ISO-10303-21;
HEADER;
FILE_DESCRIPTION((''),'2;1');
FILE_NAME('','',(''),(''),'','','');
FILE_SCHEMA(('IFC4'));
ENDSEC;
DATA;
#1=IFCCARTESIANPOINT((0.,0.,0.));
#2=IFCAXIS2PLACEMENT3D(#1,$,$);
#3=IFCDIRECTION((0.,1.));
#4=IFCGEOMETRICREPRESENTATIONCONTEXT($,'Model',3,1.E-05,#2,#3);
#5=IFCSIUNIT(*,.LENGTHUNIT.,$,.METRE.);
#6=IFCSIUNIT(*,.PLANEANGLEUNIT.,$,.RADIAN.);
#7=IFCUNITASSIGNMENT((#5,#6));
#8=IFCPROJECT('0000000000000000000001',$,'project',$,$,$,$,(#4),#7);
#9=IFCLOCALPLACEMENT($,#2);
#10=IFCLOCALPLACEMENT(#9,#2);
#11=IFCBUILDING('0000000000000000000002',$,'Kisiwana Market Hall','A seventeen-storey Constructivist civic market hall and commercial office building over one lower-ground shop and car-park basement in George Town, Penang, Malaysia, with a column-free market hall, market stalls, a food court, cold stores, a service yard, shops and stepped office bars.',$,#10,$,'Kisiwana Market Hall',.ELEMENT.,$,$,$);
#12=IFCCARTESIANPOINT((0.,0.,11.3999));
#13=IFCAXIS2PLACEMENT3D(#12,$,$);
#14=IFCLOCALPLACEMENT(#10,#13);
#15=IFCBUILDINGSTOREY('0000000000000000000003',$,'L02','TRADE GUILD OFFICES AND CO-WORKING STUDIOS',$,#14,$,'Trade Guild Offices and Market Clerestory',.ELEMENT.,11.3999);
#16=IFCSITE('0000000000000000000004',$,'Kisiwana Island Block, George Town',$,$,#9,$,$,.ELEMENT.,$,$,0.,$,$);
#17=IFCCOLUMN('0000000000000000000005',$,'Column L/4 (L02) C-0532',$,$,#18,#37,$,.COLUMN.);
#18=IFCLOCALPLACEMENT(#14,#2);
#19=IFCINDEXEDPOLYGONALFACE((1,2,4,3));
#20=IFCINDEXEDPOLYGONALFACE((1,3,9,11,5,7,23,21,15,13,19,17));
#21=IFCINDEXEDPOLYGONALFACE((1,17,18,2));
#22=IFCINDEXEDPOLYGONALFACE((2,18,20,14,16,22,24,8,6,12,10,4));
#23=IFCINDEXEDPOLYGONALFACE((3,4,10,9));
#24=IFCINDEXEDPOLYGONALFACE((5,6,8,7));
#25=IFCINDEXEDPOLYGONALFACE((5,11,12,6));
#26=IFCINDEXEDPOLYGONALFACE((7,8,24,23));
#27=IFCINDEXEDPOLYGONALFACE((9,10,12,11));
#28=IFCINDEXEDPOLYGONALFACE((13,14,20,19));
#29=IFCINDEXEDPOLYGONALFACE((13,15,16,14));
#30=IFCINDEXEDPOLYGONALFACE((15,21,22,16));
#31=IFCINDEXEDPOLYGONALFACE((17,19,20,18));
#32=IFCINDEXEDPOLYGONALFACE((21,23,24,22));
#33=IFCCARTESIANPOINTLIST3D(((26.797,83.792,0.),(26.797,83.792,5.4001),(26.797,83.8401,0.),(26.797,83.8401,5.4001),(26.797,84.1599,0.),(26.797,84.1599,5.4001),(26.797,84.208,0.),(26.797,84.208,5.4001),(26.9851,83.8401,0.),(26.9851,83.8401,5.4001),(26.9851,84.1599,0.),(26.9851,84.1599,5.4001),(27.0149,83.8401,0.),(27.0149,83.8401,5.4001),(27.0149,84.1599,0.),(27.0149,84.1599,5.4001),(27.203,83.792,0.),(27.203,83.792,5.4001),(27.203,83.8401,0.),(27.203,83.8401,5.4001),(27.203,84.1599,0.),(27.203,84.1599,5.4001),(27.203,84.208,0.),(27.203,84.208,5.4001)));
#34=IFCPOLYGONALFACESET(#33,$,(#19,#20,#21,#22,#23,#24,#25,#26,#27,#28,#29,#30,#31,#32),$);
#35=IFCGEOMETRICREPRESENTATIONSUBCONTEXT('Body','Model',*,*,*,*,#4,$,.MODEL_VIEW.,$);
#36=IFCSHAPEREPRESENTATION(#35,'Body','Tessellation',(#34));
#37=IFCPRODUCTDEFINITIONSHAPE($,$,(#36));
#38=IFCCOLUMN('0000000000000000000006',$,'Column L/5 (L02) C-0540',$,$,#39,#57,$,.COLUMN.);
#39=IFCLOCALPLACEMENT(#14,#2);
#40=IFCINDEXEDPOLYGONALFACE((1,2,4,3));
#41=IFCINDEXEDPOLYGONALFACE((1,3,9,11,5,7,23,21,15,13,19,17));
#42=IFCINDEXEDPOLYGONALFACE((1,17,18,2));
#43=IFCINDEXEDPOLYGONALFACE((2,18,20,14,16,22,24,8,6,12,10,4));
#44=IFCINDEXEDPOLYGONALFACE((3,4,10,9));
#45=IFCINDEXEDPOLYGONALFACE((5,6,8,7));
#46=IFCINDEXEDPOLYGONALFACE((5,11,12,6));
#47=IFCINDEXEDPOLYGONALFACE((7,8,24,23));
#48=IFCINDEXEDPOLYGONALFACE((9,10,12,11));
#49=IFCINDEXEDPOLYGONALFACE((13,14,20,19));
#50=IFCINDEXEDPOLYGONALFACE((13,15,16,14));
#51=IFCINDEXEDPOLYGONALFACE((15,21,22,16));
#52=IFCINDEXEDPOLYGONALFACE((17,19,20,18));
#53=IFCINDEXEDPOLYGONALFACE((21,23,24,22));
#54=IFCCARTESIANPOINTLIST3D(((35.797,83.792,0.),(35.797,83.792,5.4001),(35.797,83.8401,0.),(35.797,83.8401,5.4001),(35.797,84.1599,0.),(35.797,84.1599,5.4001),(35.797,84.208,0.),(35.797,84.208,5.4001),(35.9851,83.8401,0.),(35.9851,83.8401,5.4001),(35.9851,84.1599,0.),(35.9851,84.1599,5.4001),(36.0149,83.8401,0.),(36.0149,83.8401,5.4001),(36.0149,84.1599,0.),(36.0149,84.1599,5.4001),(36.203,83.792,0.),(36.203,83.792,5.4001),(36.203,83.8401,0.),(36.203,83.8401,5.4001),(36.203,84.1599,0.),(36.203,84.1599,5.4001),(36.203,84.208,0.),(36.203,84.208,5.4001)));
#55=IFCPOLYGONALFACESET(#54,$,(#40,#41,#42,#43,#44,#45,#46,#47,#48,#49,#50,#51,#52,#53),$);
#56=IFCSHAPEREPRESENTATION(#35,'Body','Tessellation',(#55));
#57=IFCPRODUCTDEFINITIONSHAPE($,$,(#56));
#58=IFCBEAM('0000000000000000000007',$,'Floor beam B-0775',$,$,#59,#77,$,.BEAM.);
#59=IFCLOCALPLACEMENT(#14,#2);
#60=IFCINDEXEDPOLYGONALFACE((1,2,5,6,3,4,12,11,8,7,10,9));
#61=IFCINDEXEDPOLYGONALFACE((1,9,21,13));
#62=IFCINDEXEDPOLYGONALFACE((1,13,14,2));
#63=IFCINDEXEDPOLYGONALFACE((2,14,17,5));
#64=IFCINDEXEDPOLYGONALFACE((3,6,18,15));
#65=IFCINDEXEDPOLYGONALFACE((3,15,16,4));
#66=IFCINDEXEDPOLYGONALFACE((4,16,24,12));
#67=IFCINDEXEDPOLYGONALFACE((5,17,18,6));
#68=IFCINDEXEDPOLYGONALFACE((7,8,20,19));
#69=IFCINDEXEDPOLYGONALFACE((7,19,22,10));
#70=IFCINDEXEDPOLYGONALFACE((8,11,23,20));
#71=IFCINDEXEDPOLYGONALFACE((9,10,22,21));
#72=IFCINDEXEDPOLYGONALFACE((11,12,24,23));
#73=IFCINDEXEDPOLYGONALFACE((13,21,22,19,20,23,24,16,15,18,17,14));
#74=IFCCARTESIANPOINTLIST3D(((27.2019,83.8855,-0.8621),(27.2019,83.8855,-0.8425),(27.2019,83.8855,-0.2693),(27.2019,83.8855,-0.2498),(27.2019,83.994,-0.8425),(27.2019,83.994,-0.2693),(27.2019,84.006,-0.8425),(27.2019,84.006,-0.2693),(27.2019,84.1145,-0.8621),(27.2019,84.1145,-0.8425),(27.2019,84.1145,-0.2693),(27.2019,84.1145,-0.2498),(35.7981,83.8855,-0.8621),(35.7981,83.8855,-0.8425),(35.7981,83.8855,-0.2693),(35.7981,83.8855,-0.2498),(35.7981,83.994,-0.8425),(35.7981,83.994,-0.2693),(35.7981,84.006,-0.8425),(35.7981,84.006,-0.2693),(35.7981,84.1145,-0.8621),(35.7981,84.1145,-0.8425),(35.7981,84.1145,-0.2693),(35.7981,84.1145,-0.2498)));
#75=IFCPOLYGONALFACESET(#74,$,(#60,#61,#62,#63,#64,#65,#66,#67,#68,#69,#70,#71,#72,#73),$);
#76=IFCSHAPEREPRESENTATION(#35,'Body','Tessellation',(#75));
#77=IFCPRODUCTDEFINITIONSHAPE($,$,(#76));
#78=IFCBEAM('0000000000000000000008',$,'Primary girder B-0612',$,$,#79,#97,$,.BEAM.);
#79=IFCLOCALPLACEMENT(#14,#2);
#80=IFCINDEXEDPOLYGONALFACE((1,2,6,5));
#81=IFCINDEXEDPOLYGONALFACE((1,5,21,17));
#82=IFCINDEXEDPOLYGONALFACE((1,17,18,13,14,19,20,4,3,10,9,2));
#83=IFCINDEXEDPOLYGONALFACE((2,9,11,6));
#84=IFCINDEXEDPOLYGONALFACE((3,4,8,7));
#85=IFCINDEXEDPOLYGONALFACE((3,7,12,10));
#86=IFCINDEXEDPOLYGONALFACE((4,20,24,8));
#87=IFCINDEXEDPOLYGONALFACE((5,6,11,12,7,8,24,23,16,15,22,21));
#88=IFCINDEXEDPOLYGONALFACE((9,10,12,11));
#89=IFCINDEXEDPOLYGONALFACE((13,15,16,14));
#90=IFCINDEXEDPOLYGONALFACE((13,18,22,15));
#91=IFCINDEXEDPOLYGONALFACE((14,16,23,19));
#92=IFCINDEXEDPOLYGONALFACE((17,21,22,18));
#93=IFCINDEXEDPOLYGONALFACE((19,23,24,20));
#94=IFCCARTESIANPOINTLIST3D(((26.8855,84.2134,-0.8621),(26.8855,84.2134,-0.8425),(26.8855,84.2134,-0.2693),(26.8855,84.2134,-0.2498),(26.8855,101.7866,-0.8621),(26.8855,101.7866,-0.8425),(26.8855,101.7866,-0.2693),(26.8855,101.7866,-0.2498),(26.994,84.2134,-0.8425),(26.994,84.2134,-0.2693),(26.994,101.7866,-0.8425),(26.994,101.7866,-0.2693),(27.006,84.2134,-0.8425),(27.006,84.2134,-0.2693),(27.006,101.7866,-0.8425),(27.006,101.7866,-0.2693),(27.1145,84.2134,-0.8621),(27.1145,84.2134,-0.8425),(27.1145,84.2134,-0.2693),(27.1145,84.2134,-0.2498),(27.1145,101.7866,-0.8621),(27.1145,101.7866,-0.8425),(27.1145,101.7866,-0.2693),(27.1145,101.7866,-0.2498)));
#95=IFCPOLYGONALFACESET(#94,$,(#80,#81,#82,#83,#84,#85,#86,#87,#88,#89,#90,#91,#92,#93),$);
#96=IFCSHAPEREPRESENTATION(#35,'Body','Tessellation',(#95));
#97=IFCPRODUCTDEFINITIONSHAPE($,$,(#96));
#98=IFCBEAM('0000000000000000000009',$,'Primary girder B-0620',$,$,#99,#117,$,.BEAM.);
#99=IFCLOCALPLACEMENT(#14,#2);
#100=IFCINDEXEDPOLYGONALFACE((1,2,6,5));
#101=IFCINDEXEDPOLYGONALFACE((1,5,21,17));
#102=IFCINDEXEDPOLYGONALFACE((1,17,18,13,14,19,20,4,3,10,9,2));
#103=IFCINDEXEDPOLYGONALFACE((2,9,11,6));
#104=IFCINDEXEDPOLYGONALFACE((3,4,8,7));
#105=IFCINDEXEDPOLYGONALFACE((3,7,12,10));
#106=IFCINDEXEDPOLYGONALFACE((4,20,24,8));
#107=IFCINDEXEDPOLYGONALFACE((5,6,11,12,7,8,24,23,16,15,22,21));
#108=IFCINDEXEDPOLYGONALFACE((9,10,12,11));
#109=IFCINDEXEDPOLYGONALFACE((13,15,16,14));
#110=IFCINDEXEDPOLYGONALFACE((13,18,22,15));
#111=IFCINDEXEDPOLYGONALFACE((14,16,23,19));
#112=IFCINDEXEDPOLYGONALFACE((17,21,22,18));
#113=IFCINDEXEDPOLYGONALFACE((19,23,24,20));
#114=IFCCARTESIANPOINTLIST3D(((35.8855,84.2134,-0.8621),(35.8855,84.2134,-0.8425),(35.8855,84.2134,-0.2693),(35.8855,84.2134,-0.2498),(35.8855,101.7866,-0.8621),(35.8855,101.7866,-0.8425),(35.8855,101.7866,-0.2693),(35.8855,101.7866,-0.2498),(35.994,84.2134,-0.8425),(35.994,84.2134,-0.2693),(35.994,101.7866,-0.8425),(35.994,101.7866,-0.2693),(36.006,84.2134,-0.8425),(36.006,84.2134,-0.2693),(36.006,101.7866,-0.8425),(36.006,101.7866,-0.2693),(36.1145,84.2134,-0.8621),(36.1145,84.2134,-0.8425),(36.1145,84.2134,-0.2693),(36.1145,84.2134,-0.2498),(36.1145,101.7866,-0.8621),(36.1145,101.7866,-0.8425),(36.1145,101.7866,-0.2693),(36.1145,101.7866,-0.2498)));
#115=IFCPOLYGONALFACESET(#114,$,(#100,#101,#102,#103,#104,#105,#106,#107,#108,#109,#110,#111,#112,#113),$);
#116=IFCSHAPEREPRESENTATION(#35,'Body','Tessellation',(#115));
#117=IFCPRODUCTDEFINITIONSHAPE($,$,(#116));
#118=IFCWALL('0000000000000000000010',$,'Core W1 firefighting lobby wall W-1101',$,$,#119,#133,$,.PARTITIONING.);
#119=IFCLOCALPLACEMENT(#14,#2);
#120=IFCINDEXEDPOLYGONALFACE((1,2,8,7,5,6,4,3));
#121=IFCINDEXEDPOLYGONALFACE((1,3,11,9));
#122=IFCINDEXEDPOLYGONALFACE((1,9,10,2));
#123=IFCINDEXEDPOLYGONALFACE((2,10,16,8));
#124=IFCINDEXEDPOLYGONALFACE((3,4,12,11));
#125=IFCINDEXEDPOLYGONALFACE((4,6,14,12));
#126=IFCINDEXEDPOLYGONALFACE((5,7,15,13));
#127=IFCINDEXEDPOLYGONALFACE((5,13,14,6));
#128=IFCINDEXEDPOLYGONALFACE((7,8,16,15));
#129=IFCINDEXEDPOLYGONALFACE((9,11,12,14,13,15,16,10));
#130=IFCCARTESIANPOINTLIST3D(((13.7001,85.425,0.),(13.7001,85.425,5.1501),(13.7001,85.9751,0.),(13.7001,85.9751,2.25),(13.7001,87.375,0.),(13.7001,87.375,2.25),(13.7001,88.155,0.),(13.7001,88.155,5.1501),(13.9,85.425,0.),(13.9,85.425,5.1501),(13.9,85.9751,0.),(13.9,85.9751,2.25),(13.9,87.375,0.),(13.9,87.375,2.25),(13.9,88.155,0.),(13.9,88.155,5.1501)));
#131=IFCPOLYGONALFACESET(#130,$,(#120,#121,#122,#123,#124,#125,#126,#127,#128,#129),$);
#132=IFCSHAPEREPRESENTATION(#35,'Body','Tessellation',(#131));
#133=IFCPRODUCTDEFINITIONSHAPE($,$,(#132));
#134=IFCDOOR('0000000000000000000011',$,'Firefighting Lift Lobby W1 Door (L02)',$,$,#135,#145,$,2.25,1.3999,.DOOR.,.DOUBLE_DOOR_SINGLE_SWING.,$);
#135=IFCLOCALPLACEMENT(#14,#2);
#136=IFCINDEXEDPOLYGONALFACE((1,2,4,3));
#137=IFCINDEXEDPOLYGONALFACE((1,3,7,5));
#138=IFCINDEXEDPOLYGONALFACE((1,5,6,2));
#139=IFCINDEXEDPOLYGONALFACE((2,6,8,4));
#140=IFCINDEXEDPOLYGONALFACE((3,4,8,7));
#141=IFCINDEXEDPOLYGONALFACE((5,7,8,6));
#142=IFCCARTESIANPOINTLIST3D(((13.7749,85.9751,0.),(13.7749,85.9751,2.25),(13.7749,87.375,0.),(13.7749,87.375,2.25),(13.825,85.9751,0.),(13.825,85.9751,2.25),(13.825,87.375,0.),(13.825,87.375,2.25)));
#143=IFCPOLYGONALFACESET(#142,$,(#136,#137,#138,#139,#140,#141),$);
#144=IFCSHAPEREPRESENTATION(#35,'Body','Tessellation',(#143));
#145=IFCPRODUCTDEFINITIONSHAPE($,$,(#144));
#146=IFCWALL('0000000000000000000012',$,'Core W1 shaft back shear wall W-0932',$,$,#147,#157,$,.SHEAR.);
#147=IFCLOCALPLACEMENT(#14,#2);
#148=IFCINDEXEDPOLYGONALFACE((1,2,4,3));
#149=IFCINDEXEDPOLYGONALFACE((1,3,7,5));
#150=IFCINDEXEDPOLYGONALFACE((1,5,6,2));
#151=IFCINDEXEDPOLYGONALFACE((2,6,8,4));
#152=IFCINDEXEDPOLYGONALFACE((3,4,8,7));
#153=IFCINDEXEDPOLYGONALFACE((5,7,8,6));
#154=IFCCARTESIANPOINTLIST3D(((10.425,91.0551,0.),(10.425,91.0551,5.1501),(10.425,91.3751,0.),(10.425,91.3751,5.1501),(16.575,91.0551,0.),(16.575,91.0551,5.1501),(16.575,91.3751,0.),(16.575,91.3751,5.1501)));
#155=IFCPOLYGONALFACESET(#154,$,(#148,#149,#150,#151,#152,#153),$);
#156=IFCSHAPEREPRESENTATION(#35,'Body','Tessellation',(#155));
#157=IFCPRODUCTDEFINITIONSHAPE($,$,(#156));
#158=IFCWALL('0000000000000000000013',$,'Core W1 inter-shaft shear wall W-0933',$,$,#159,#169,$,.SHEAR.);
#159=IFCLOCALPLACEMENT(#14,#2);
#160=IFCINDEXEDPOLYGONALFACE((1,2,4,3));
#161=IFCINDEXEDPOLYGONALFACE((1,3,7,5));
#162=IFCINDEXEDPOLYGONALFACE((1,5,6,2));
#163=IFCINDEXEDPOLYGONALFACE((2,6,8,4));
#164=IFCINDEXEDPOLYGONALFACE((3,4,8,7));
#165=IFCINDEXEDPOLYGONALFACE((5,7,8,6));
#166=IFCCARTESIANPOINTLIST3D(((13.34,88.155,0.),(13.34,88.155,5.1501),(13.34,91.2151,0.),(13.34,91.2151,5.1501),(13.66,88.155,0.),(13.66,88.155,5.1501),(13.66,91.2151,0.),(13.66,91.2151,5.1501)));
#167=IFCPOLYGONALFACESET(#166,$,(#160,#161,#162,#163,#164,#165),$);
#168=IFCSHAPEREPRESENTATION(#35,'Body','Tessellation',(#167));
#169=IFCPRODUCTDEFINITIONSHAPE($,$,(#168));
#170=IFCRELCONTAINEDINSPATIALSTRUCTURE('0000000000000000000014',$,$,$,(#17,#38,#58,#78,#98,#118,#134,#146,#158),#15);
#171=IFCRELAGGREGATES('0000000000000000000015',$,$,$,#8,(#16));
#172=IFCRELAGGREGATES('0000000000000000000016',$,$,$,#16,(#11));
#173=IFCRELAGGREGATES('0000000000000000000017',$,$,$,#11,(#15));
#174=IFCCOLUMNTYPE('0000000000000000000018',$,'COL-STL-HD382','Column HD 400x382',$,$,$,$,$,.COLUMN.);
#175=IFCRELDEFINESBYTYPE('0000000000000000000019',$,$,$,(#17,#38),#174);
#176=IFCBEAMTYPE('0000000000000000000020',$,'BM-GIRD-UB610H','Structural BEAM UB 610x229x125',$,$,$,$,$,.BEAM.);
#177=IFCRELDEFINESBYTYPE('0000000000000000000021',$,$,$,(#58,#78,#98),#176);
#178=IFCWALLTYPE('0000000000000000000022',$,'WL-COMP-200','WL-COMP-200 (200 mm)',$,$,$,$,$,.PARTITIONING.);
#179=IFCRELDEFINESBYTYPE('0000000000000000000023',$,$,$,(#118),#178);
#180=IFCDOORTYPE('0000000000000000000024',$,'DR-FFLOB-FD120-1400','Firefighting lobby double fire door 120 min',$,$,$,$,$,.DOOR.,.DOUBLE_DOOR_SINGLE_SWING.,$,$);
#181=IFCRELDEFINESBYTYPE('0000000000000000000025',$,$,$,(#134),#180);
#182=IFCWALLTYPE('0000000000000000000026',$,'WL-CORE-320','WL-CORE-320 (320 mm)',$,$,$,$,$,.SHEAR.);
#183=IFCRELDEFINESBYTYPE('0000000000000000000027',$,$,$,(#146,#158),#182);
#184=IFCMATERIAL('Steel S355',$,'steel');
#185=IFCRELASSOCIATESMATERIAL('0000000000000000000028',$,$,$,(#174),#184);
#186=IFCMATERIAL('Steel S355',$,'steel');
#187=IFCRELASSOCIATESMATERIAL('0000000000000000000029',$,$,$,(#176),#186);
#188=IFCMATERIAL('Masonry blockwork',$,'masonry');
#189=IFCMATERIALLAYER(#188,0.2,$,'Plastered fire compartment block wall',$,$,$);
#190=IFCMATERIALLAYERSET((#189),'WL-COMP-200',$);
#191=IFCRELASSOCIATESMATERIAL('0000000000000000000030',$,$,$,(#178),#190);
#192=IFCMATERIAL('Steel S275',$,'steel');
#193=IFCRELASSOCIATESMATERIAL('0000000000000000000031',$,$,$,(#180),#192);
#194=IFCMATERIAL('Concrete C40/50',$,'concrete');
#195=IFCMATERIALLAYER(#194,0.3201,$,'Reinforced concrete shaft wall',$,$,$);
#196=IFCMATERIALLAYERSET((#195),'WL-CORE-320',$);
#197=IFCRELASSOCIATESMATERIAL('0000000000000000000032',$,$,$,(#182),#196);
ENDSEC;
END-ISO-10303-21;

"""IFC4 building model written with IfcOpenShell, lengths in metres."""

from ifc_helpers import new_model, si_unit, direction, frame, frame_2d, origin, origin_2d, place, context, subcontext, project, spatial, rectangle, i_section, extrude, material, layer, layer_set, material_profile, profile_set, type_object, element, fill, save


model = new_model("IFC4")

# Units and contexts
model_context = context("Model", 3, precision=1e-05, world=origin(), true_north=direction((0.0, 1.0)))
body_context = subcontext(model_context, "Body", "Model", "MODEL_VIEW")
ifc_project = project(units=[si_unit("LENGTHUNIT", "METRE"), si_unit("PLANEANGLEUNIT", "RADIAN")], contexts=[model_context])

# Site, building, storey
site_placement = place(None, origin())
site = spatial("IfcSite", under=ifc_project, at=site_placement, Name="Kisiwana Island Block, George Town", CompositionType="ELEMENT", RefElevation=0.0)
building_placement = place(site_placement, origin())
building = spatial("IfcBuilding", under=site, at=building_placement, Name="Kisiwana Market Hall", Description="A seventeen-storey Constructivist civic market hall and commercial office building over one lower-ground shop and car-park basement in George Town, Penang, Malaysia, with a column-free market hall, market stalls, a food court, cold stores, a service yard, shops and stepped office bars.", LongName="Kisiwana Market Hall", CompositionType="ELEMENT")
storey_placement = place(building_placement, frame((0.0, 0.0, 11.3999)))
storey = spatial("IfcBuildingStorey", under=building, at=storey_placement, Name="L02", Description="TRADE GUILD OFFICES AND CO-WORKING STUDIOS", LongName="Trade Guild Offices and Market Clerestory", CompositionType="ELEMENT", Elevation=11.3999)

# Columns
ifc_material_1 = material(Name="Steel S355", Category="steel")
ifc_material_profile_1 = material_profile(ifc_material_1, i_section(OverallWidth=0.406, OverallDepth=0.416, WebThickness=0.0298, FlangeThickness=0.0481, at=origin_2d()), Name="HD 400x382")
ifc_profile_set_1 = profile_set([ifc_material_profile_1], Name="Steel S355")
column_type = type_object("IfcColumnType", Name="COL-STL-HD382", Description="Column HD 400x382", PredefinedType="COLUMN", material=ifc_profile_set_1)
for number, where, z_axis, x_axis, name in (
    (1, (27.0, 84.0, 0.0), (0.0, 0.0, 1.0), (1.0, 0.0, 0.0), "Column L/4 (L02) C-0532"),
    (2, (36.0, 84.0, 0.0), (0.0, 0.0, 1.0), (1.0, 0.0, 0.0), "Column L/5 (L02) C-0540"),
):
    element("IfcColumn", number, at=place(storey_placement, frame(where, z_axis=z_axis, x_axis=x_axis)), inside=storey, type_object=column_type, Name=name, PredefinedType="COLUMN", context=body_context, shape_type="SweptSolid", body=[
        extrude(i_section(OverallWidth=0.406, OverallDepth=0.416, WebThickness=0.0298, FlangeThickness=0.0481, at=origin_2d()), origin(), (0.0, 0.0, 1.0), 5.4001),
    ])

# Beams
ifc_material_2 = material(Name="Steel S355", Category="steel")
ifc_material_profile_2 = material_profile(ifc_material_2, i_section(OverallWidth=0.229, OverallDepth=0.6123, WebThickness=0.012, FlangeThickness=0.0195, at=origin_2d()), Name="UB 610x229x125")
ifc_profile_set_2 = profile_set([ifc_material_profile_2], Name="Steel S355")
beam_type = type_object("IfcBeamType", Name="BM-GIRD-UB610H", Description="Structural BEAM UB 610x229x125", PredefinedType="BEAM", material=ifc_profile_set_2)
beam_placement = place(storey_placement, frame((27.2019, 84.0, -0.5559), z_axis=(1.0, 0.0, 0.0), x_axis=(0.0, 1.0, 0.0)))
element("IfcBeam", 3, at=beam_placement, inside=storey, type_object=beam_type, Name="Floor beam B-0775", PredefinedType="BEAM", context=body_context, shape_type="SweptSolid", body=[
    extrude(i_section(OverallWidth=0.229, OverallDepth=0.6123, WebThickness=0.012, FlangeThickness=0.0195, at=origin_2d()), origin(), (0.0, 0.0, 1.0), 8.5962),
])
for number, where, z_axis, x_axis, name in (
    (4, (27.0, 84.2134, -0.5559), (0.0, 1.0, 0.0), (-1.0, 0.0, 0.0), "Primary girder B-0612"),
    (5, (36.0, 84.2134, -0.5559), (0.0, 1.0, 0.0), (-1.0, 0.0, 0.0), "Primary girder B-0620"),
):
    element("IfcBeam", number, at=place(storey_placement, frame(where, z_axis=z_axis, x_axis=x_axis)), inside=storey, type_object=beam_type, Name=name, PredefinedType="BEAM", context=body_context, shape_type="SweptSolid", body=[
        extrude(i_section(OverallWidth=0.229, OverallDepth=0.6123, WebThickness=0.012, FlangeThickness=0.0195, at=origin_2d()), origin(), (0.0, 0.0, 1.0), 17.5732),
    ])

# Wall, opening, door
ifc_material_3 = material(Name="Masonry blockwork", Category="masonry")
ifc_layer_1 = layer(ifc_material_3, 0.2, Name="Plastered fire compartment block wall")
ifc_layer_set_1 = layer_set([ifc_layer_1], Name="WL-COMP-200")
wall_type_1 = type_object("IfcWallType", Name="WL-COMP-200", Description="WL-COMP-200 (200 mm)", PredefinedType="PARTITIONING", material=ifc_layer_set_1)
wall_1_placement = place(storey_placement, frame((13.8, 85.425, 0.0), z_axis=(0.0, 0.0, 1.0), x_axis=(0.0, 1.0, 0.0)))
wall_1 = element("IfcWall", 6, at=wall_1_placement, inside=storey, type_object=wall_type_1, Name="Core W1 firefighting lobby wall W-1101", PredefinedType="PARTITIONING", context=body_context, shape_type="SweptSolid", body=[
    extrude(rectangle(XDim=2.73, YDim=0.2, at=frame_2d((1.365, 0.0))), origin(), (0.0, 0.0, 1.0), 5.1501),
])
opening_1_placement = place(wall_1_placement, frame((0.55, 0.0, 0.0)))
opening_1 = element("IfcOpeningElement", 7, at=opening_1_placement, cuts=wall_1, PredefinedType="OPENING", context=body_context, shape_type="SweptSolid", body=[
    extrude(rectangle(XDim=1.3999, YDim=2.25, at=frame_2d((0.7, 1.125))), frame((0.0, 0.1118, 0.0), z_axis=(0.0, -1.0, 0.0), x_axis=(1.0, 0.0, 0.0)), (0.0, 0.0, 1.0), 0.2239),
])
ifc_material_4 = material(Name="Steel S275", Category="steel")
door_type_1 = type_object("IfcDoorType", Name="DR-FFLOB-FD120-1400", Description="Firefighting lobby double fire door 120 min", OperationType="DOUBLE_DOOR_SINGLE_SWING", PredefinedType="DOOR", material=ifc_material_4)
door_1_placement = place(opening_1_placement, frame((1.3999, 0.0, 0.0), z_axis=(0.0, 0.0, 1.0), x_axis=(-1.0, 0.0, 0.0)))
door_1 = element("IfcDoor", 8, at=door_1_placement, inside=storey, type_object=door_type_1, Name="Firefighting Lift Lobby W1 Door (L02)", OperationType="DOUBLE_DOOR_SINGLE_SWING", OverallHeight=2.25, OverallWidth=1.3999, PredefinedType="DOOR", context=body_context, shape_type="SweptSolid", body=[
    extrude(rectangle(XDim=1.3999, YDim=2.25, at=frame_2d((0.7, 1.125))), frame((0.0, 0.0249, 0.0), z_axis=(0.0, -1.0, 0.0), x_axis=(1.0, 0.0, 0.0)), (0.0, 0.0, 1.0), 0.05),
])
fill(opening_1, door_1)

# Walls
ifc_material_5 = material(Name="Concrete C40/50", Category="concrete")
ifc_layer_2 = layer(ifc_material_5, 0.3201, Name="Reinforced concrete shaft wall")
ifc_layer_set_2 = layer_set([ifc_layer_2], Name="WL-CORE-320")
wall_type_2 = type_object("IfcWallType", Name="WL-CORE-320", Description="WL-CORE-320 (320 mm)", PredefinedType="SHEAR", material=ifc_layer_set_2)
wall_2_placement = place(storey_placement, frame((10.425, 91.2151, 0.0), z_axis=(0.0, 0.0, 1.0), x_axis=(1.0, 0.0, 0.0)))
element("IfcWall", 9, at=wall_2_placement, inside=storey, type_object=wall_type_2, Name="Core W1 shaft back shear wall W-0932", PredefinedType="SHEAR", context=body_context, shape_type="SweptSolid", body=[
    extrude(rectangle(XDim=6.1499, YDim=0.3201, at=frame_2d((3.075, 0.0))), origin(), (0.0, 0.0, 1.0), 5.1501),
])
wall_3_placement = place(storey_placement, frame((13.5, 88.155, 0.0), z_axis=(0.0, 0.0, 1.0), x_axis=(0.0, 1.0, 0.0)))
element("IfcWall", 10, at=wall_3_placement, inside=storey, type_object=wall_type_2, Name="Core W1 inter-shaft shear wall W-0933", PredefinedType="SHEAR", context=body_context, shape_type="SweptSolid", body=[
    extrude(rectangle(XDim=3.0601, YDim=0.3201, at=frame_2d((1.53, 0.0))), origin(), (0.0, 0.0, 1.0), 5.1501),
])

save(model, "model.ifc")
